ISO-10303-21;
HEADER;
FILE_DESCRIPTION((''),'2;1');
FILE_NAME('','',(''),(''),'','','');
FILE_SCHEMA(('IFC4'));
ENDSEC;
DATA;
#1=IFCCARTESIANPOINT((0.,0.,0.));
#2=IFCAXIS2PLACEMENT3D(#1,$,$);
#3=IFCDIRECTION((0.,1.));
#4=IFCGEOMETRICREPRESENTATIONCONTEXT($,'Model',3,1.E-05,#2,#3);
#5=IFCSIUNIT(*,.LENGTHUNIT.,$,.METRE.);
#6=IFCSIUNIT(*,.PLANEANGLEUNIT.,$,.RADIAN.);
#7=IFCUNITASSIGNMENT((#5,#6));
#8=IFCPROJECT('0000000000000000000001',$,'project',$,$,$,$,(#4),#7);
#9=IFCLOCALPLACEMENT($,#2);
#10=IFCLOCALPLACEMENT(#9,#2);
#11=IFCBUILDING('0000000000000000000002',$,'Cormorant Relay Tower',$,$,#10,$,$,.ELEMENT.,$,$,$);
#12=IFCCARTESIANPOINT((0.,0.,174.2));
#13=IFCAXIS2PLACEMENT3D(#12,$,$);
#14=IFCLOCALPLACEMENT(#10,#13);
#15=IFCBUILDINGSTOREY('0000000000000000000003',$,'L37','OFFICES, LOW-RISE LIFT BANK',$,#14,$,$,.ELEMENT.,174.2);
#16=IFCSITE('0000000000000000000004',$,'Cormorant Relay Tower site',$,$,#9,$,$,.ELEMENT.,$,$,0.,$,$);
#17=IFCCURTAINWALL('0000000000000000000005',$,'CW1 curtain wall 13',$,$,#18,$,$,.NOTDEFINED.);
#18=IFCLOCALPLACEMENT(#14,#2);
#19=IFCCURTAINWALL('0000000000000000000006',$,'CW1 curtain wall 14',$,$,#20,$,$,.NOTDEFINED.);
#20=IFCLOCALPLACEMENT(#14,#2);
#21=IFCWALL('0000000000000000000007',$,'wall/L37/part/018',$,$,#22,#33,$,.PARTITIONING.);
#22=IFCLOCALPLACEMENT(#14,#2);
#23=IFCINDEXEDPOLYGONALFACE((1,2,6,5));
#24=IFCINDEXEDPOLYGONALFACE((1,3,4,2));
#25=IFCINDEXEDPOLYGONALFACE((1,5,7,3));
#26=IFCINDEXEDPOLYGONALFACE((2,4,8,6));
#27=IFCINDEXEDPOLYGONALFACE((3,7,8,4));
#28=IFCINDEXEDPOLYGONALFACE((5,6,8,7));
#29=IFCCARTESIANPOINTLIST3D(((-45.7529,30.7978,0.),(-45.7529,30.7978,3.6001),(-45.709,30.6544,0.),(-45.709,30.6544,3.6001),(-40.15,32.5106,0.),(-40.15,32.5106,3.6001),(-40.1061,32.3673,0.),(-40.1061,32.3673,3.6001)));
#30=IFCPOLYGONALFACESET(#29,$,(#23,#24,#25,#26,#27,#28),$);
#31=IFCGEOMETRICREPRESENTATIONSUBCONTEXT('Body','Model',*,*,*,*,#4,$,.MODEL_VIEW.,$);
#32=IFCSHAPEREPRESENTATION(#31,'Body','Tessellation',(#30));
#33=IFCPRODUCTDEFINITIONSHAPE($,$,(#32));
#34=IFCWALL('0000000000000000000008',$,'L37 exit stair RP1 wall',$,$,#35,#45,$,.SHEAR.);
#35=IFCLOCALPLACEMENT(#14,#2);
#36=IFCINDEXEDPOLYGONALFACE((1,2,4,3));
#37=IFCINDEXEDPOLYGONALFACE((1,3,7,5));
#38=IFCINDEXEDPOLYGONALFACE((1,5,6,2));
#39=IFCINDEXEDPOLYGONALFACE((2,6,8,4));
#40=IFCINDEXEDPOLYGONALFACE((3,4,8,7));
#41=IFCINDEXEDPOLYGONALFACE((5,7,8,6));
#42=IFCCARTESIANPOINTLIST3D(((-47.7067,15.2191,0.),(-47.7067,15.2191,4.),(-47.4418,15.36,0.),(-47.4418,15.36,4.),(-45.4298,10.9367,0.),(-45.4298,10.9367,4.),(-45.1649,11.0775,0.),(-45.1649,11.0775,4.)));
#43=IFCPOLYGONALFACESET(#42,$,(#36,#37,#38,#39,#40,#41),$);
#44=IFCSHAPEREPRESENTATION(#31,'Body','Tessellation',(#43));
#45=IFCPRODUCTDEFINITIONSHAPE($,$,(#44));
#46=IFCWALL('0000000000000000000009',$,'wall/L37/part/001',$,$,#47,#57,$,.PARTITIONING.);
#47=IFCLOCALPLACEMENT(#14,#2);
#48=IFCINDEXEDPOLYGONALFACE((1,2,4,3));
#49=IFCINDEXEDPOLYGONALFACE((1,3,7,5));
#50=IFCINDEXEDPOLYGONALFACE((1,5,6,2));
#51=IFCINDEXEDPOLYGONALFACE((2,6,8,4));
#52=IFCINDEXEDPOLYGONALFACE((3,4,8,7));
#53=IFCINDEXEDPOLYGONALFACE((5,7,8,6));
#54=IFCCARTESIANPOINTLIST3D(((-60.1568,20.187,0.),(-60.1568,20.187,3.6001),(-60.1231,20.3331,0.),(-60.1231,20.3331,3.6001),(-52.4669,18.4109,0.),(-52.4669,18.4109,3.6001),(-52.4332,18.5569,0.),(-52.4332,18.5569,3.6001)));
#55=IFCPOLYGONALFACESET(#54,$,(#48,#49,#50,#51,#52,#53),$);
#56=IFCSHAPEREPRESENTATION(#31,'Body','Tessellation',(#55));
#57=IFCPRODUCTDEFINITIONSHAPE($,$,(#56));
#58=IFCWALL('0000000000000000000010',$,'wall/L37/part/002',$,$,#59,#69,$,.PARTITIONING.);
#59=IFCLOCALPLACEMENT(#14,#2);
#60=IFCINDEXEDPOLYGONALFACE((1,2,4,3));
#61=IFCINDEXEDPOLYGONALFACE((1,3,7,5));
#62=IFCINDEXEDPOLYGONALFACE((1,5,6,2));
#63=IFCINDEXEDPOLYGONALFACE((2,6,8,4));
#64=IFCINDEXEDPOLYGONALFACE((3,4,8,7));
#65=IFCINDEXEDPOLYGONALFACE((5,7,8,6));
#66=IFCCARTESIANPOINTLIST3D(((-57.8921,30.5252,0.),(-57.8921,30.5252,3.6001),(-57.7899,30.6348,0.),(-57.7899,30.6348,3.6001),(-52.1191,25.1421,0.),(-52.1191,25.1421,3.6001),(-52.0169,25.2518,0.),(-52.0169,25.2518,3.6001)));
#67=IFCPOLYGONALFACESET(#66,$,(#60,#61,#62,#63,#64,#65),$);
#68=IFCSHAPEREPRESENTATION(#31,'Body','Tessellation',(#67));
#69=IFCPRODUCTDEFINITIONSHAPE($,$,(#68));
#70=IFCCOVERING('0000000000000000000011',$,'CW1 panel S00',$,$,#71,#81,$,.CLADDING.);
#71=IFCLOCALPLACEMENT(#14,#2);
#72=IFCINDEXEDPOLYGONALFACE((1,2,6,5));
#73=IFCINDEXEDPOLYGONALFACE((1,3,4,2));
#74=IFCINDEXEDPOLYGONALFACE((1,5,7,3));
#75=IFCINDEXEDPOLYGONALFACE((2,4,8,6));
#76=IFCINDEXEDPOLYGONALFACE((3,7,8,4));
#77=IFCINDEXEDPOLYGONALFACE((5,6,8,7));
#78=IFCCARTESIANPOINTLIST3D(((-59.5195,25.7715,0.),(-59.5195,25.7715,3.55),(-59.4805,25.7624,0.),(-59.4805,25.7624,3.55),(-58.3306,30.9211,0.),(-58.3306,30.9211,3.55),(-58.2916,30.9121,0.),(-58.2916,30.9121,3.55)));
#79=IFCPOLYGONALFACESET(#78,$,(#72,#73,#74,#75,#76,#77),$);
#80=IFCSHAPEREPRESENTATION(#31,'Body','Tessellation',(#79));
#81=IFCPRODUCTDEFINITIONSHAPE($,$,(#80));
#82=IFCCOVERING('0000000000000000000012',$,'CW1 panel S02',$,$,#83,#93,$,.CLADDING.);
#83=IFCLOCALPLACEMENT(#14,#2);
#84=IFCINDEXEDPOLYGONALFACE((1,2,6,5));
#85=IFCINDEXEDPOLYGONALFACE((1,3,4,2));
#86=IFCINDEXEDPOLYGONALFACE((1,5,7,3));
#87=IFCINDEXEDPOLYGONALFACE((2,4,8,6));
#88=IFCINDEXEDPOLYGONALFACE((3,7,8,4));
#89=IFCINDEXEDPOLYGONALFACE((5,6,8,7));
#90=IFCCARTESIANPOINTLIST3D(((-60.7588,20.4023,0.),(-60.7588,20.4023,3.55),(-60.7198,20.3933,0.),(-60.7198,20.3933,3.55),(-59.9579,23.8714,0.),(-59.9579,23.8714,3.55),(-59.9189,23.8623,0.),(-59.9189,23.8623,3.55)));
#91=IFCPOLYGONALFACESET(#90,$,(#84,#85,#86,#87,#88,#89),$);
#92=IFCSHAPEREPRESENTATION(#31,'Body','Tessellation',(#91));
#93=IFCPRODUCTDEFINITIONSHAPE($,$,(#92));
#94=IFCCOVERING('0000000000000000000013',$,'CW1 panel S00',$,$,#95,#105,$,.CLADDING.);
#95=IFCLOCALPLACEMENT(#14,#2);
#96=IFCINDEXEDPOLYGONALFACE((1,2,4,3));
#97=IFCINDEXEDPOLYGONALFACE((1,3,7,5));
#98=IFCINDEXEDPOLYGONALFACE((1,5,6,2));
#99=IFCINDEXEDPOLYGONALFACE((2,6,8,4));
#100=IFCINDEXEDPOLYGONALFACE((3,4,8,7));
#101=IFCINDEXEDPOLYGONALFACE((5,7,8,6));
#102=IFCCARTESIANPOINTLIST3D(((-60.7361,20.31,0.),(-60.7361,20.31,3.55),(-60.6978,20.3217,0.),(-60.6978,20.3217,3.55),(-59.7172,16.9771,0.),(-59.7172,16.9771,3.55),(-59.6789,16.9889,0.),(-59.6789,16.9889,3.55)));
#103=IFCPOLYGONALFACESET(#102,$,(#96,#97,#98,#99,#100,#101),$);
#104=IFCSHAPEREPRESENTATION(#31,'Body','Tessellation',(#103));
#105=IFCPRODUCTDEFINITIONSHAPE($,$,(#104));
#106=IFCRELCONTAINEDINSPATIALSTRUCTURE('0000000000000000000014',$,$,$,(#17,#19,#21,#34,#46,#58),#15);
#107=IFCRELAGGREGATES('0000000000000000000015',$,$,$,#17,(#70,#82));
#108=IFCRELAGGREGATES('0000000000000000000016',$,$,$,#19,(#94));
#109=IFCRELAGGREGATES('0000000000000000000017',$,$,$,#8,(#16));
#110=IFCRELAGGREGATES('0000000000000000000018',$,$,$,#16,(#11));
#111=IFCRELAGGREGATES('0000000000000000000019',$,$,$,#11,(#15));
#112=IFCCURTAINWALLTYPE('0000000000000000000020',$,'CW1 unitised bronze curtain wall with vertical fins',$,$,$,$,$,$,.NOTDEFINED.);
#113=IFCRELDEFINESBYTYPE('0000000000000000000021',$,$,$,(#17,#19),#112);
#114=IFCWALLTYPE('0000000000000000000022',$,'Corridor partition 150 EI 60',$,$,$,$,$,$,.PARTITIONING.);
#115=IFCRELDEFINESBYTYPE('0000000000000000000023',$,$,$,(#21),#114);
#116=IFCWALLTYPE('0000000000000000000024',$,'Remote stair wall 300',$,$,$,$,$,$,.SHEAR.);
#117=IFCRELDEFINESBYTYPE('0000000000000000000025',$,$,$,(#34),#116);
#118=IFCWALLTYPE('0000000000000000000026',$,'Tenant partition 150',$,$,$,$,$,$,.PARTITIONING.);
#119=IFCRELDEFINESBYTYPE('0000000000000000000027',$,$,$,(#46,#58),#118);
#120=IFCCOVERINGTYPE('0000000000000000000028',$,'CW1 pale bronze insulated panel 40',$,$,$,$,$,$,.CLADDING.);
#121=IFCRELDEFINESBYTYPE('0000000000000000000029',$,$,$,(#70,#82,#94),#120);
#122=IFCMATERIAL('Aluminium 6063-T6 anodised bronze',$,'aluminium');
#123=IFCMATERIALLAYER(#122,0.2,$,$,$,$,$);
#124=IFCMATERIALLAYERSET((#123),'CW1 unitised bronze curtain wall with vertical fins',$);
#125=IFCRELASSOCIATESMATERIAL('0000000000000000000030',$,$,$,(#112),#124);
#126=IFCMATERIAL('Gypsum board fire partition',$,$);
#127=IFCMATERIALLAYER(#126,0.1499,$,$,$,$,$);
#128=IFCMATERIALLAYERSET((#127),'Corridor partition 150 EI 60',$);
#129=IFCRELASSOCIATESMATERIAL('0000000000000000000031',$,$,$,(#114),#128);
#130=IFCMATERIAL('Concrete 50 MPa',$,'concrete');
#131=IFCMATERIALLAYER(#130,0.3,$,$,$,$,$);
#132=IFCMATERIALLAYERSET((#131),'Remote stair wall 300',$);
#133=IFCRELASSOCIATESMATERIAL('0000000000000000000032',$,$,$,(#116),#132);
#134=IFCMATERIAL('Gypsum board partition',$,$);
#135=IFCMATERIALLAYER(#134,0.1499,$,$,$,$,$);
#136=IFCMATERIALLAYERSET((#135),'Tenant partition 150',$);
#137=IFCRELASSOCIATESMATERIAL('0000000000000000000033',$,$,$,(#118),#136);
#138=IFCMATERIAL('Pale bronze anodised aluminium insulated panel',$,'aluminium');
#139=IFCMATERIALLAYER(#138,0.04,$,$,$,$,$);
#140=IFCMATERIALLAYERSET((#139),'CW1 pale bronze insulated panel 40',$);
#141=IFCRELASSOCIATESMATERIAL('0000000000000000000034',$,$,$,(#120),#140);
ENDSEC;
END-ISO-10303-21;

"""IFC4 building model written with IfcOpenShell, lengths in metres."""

from ifc_helpers import new_model, si_unit, direction, frame, frame_2d, origin, origin_2d, place, context, subcontext, project, spatial, rectangle, extrude, material, layer, layer_set, type_object, element, aggregate, save


model = new_model("IFC4")

# Units and contexts
model_context = context("Model", 3, precision=1e-05, world=origin(), true_north=direction((0.0, 1.0)))
body_context = subcontext(model_context, "Body", "Model", "MODEL_VIEW")
ifc_project = project(units=[si_unit("LENGTHUNIT", "METRE"), si_unit("PLANEANGLEUNIT", "RADIAN")], contexts=[model_context])

# Site, building, storey
site_placement = place(None, origin())
site = spatial("IfcSite", under=ifc_project, at=site_placement, Name="Cormorant Relay Tower site", CompositionType="ELEMENT", RefElevation=0.0)
building_placement = place(site_placement, origin())
building = spatial("IfcBuilding", under=site, at=building_placement, Name="Cormorant Relay Tower", CompositionType="ELEMENT")
storey_placement = place(building_placement, frame((0.0, 0.0, 174.2)))
storey = spatial("IfcBuildingStorey", under=building, at=storey_placement, Name="L37", Description="OFFICES, LOW-RISE LIFT BANK", CompositionType="ELEMENT", Elevation=174.2)

# Curtain walls
ifc_material_1 = material(Name="Aluminium 6063-T6 anodised bronze", Category="aluminium")
ifc_layer_1 = layer(ifc_material_1, 0.2)
ifc_layer_set_1 = layer_set([ifc_layer_1], Name="CW1 unitised bronze curtain wall with vertical fins")
curtain_wall_type = type_object("IfcCurtainWallType", Name="CW1 unitised bronze curtain wall with vertical fins", PredefinedType="NOTDEFINED", material=ifc_layer_set_1)
curtain_wall_1_placement = place(storey_placement, origin())
curtain_wall_1 = element("IfcCurtainWall", 1, at=curtain_wall_1_placement, inside=storey, type_object=curtain_wall_type, Name="CW1 curtain wall 13", PredefinedType="NOTDEFINED")
curtain_wall_2_placement = place(storey_placement, origin())
curtain_wall_2 = element("IfcCurtainWall", 2, at=curtain_wall_2_placement, inside=storey, type_object=curtain_wall_type, Name="CW1 curtain wall 14", PredefinedType="NOTDEFINED")

# Shared definitions
ifc_material_2 = material(Name="Gypsum board fire partition")
ifc_layer_2 = layer(ifc_material_2, 0.1499)
ifc_layer_set_2 = layer_set([ifc_layer_2], Name="Corridor partition 150 EI 60")
wall_type_1 = type_object("IfcWallType", Name="Corridor partition 150 EI 60", PredefinedType="PARTITIONING", material=ifc_layer_set_2)

# Walls
wall_1_placement = place(storey_placement, frame((-45.731, 30.7261, 0.0), z_axis=(0.0, 0.0, 1.0), x_axis=(0.956311, 0.292352, 0.0)))
element("IfcWall", 3, at=wall_1_placement, inside=storey, type_object=wall_type_1, Name="wall/L37/part/018", PredefinedType="PARTITIONING", context=body_context, shape_type="SweptSolid", body=[
    extrude(rectangle(XDim=5.8589, YDim=0.1499, at=frame_2d((2.9294, 0.0))), origin(), (0.0, 0.0, 1.0), 3.6001),
])
ifc_material_3 = material(Name="Concrete 50 MPa", Category="concrete")
ifc_layer_3 = layer(ifc_material_3, 0.3)
ifc_layer_set_3 = layer_set([ifc_layer_3], Name="Remote stair wall 300")
wall_type_2 = type_object("IfcWallType", Name="Remote stair wall 300", PredefinedType="SHEAR", material=ifc_layer_set_3)
wall_2_placement = place(storey_placement, frame((-47.5742, 15.2896, 0.0), z_axis=(0.0, 0.0, 1.0), x_axis=(0.469443, -0.882963, 0.0)))
element("IfcWall", 4, at=wall_2_placement, inside=storey, type_object=wall_type_2, Name="L37 exit stair RP1 wall", PredefinedType="SHEAR", context=body_context, shape_type="SweptSolid", body=[
    extrude(rectangle(XDim=4.8501, YDim=0.3, at=frame_2d((2.425, 0.0))), origin(), (0.0, 0.0, 1.0), 4.0),
])
ifc_material_4 = material(Name="Gypsum board partition")
ifc_layer_4 = layer(ifc_material_4, 0.1499)
ifc_layer_set_4 = layer_set([ifc_layer_4], Name="Tenant partition 150")
wall_type_3 = type_object("IfcWallType", Name="Tenant partition 150", PredefinedType="PARTITIONING", material=ifc_layer_set_4)
wall_3_placement = place(storey_placement, frame((-52.45, 18.4839, 0.0), z_axis=(0.0, 0.0, 1.0), x_axis=(-0.974349, 0.225042, 0.0)))
element("IfcWall", 5, at=wall_3_placement, inside=storey, type_object=wall_type_3, Name="wall/L37/part/001", PredefinedType="PARTITIONING", context=body_context, shape_type="SweptSolid", body=[
    extrude(rectangle(XDim=7.8923, YDim=0.1499, at=frame_2d((3.9463, 0.0))), origin(), (0.0, 0.0, 1.0), 3.6001),
])
wall_4_placement = place(storey_placement, frame((-57.8411, 30.5801, 0.0), z_axis=(0.0, 0.0, 1.0), x_axis=(0.731373, -0.681978, 0.0)))
element("IfcWall", 6, at=wall_4_placement, inside=storey, type_object=wall_type_3, Name="wall/L37/part/002", PredefinedType="PARTITIONING", context=body_context, shape_type="SweptSolid", body=[
    extrude(rectangle(XDim=7.8933, YDim=0.1499, at=frame_2d((3.9468, 0.0))), origin(), (0.0, 0.0, 1.0), 3.6001),
])

# Coverings
ifc_material_5 = material(Name="Pale bronze anodised aluminium insulated panel", Category="aluminium")
ifc_layer_5 = layer(ifc_material_5, 0.04)
ifc_layer_set_5 = layer_set([ifc_layer_5], Name="CW1 pale bronze insulated panel 40")
covering_type = type_object("IfcCoveringType", Name="CW1 pale bronze insulated panel 40", PredefinedType="CLADDING", material=ifc_layer_set_5)
covering_1_placement = place(storey_placement, frame((-58.9055, 28.3418, 0.0), z_axis=(0.0, 0.0, 1.0), x_axis=(-0.224951, -0.97437, 0.0)))
covering_1 = element("IfcCovering", 7, at=covering_1_placement, type_object=covering_type, Name="CW1 panel S00", PredefinedType="CLADDING", context=body_context, shape_type="SweptSolid", body=[
    extrude(rectangle(XDim=5.2852, YDim=0.04, at=origin_2d()), origin(), (0.0, 0.0, 1.0), 3.55),
])
covering_2_placement = place(storey_placement, frame((-60.3389, 22.1323, 0.0), z_axis=(0.0, 0.0, 1.0), x_axis=(-0.224951, -0.97437, 0.0)))
covering_2 = element("IfcCovering", 8, at=covering_2_placement, type_object=covering_type, Name="CW1 panel S02", PredefinedType="CLADDING", context=body_context, shape_type="SweptSolid", body=[
    extrude(rectangle(XDim=3.5603, YDim=0.04, at=origin_2d()), origin(), (0.0, 0.0, 1.0), 3.55),
])
aggregate(curtain_wall_1, [covering_1, covering_2])
covering_3_placement = place(storey_placement, frame((-60.2075, 18.6494, 0.0), z_axis=(0.0, 0.0, 1.0), x_axis=(0.292372, -0.956305, 0.0)))
covering_3 = element("IfcCovering", 9, at=covering_3_placement, type_object=covering_type, Name="CW1 panel S00", PredefinedType="CLADDING", context=body_context, shape_type="SweptSolid", body=[
    extrude(rectangle(XDim=3.4851, YDim=0.04, at=origin_2d()), origin(), (0.0, 0.0, 1.0), 3.55),
])
aggregate(curtain_wall_2, [covering_3])

save(model, "model.ifc")
